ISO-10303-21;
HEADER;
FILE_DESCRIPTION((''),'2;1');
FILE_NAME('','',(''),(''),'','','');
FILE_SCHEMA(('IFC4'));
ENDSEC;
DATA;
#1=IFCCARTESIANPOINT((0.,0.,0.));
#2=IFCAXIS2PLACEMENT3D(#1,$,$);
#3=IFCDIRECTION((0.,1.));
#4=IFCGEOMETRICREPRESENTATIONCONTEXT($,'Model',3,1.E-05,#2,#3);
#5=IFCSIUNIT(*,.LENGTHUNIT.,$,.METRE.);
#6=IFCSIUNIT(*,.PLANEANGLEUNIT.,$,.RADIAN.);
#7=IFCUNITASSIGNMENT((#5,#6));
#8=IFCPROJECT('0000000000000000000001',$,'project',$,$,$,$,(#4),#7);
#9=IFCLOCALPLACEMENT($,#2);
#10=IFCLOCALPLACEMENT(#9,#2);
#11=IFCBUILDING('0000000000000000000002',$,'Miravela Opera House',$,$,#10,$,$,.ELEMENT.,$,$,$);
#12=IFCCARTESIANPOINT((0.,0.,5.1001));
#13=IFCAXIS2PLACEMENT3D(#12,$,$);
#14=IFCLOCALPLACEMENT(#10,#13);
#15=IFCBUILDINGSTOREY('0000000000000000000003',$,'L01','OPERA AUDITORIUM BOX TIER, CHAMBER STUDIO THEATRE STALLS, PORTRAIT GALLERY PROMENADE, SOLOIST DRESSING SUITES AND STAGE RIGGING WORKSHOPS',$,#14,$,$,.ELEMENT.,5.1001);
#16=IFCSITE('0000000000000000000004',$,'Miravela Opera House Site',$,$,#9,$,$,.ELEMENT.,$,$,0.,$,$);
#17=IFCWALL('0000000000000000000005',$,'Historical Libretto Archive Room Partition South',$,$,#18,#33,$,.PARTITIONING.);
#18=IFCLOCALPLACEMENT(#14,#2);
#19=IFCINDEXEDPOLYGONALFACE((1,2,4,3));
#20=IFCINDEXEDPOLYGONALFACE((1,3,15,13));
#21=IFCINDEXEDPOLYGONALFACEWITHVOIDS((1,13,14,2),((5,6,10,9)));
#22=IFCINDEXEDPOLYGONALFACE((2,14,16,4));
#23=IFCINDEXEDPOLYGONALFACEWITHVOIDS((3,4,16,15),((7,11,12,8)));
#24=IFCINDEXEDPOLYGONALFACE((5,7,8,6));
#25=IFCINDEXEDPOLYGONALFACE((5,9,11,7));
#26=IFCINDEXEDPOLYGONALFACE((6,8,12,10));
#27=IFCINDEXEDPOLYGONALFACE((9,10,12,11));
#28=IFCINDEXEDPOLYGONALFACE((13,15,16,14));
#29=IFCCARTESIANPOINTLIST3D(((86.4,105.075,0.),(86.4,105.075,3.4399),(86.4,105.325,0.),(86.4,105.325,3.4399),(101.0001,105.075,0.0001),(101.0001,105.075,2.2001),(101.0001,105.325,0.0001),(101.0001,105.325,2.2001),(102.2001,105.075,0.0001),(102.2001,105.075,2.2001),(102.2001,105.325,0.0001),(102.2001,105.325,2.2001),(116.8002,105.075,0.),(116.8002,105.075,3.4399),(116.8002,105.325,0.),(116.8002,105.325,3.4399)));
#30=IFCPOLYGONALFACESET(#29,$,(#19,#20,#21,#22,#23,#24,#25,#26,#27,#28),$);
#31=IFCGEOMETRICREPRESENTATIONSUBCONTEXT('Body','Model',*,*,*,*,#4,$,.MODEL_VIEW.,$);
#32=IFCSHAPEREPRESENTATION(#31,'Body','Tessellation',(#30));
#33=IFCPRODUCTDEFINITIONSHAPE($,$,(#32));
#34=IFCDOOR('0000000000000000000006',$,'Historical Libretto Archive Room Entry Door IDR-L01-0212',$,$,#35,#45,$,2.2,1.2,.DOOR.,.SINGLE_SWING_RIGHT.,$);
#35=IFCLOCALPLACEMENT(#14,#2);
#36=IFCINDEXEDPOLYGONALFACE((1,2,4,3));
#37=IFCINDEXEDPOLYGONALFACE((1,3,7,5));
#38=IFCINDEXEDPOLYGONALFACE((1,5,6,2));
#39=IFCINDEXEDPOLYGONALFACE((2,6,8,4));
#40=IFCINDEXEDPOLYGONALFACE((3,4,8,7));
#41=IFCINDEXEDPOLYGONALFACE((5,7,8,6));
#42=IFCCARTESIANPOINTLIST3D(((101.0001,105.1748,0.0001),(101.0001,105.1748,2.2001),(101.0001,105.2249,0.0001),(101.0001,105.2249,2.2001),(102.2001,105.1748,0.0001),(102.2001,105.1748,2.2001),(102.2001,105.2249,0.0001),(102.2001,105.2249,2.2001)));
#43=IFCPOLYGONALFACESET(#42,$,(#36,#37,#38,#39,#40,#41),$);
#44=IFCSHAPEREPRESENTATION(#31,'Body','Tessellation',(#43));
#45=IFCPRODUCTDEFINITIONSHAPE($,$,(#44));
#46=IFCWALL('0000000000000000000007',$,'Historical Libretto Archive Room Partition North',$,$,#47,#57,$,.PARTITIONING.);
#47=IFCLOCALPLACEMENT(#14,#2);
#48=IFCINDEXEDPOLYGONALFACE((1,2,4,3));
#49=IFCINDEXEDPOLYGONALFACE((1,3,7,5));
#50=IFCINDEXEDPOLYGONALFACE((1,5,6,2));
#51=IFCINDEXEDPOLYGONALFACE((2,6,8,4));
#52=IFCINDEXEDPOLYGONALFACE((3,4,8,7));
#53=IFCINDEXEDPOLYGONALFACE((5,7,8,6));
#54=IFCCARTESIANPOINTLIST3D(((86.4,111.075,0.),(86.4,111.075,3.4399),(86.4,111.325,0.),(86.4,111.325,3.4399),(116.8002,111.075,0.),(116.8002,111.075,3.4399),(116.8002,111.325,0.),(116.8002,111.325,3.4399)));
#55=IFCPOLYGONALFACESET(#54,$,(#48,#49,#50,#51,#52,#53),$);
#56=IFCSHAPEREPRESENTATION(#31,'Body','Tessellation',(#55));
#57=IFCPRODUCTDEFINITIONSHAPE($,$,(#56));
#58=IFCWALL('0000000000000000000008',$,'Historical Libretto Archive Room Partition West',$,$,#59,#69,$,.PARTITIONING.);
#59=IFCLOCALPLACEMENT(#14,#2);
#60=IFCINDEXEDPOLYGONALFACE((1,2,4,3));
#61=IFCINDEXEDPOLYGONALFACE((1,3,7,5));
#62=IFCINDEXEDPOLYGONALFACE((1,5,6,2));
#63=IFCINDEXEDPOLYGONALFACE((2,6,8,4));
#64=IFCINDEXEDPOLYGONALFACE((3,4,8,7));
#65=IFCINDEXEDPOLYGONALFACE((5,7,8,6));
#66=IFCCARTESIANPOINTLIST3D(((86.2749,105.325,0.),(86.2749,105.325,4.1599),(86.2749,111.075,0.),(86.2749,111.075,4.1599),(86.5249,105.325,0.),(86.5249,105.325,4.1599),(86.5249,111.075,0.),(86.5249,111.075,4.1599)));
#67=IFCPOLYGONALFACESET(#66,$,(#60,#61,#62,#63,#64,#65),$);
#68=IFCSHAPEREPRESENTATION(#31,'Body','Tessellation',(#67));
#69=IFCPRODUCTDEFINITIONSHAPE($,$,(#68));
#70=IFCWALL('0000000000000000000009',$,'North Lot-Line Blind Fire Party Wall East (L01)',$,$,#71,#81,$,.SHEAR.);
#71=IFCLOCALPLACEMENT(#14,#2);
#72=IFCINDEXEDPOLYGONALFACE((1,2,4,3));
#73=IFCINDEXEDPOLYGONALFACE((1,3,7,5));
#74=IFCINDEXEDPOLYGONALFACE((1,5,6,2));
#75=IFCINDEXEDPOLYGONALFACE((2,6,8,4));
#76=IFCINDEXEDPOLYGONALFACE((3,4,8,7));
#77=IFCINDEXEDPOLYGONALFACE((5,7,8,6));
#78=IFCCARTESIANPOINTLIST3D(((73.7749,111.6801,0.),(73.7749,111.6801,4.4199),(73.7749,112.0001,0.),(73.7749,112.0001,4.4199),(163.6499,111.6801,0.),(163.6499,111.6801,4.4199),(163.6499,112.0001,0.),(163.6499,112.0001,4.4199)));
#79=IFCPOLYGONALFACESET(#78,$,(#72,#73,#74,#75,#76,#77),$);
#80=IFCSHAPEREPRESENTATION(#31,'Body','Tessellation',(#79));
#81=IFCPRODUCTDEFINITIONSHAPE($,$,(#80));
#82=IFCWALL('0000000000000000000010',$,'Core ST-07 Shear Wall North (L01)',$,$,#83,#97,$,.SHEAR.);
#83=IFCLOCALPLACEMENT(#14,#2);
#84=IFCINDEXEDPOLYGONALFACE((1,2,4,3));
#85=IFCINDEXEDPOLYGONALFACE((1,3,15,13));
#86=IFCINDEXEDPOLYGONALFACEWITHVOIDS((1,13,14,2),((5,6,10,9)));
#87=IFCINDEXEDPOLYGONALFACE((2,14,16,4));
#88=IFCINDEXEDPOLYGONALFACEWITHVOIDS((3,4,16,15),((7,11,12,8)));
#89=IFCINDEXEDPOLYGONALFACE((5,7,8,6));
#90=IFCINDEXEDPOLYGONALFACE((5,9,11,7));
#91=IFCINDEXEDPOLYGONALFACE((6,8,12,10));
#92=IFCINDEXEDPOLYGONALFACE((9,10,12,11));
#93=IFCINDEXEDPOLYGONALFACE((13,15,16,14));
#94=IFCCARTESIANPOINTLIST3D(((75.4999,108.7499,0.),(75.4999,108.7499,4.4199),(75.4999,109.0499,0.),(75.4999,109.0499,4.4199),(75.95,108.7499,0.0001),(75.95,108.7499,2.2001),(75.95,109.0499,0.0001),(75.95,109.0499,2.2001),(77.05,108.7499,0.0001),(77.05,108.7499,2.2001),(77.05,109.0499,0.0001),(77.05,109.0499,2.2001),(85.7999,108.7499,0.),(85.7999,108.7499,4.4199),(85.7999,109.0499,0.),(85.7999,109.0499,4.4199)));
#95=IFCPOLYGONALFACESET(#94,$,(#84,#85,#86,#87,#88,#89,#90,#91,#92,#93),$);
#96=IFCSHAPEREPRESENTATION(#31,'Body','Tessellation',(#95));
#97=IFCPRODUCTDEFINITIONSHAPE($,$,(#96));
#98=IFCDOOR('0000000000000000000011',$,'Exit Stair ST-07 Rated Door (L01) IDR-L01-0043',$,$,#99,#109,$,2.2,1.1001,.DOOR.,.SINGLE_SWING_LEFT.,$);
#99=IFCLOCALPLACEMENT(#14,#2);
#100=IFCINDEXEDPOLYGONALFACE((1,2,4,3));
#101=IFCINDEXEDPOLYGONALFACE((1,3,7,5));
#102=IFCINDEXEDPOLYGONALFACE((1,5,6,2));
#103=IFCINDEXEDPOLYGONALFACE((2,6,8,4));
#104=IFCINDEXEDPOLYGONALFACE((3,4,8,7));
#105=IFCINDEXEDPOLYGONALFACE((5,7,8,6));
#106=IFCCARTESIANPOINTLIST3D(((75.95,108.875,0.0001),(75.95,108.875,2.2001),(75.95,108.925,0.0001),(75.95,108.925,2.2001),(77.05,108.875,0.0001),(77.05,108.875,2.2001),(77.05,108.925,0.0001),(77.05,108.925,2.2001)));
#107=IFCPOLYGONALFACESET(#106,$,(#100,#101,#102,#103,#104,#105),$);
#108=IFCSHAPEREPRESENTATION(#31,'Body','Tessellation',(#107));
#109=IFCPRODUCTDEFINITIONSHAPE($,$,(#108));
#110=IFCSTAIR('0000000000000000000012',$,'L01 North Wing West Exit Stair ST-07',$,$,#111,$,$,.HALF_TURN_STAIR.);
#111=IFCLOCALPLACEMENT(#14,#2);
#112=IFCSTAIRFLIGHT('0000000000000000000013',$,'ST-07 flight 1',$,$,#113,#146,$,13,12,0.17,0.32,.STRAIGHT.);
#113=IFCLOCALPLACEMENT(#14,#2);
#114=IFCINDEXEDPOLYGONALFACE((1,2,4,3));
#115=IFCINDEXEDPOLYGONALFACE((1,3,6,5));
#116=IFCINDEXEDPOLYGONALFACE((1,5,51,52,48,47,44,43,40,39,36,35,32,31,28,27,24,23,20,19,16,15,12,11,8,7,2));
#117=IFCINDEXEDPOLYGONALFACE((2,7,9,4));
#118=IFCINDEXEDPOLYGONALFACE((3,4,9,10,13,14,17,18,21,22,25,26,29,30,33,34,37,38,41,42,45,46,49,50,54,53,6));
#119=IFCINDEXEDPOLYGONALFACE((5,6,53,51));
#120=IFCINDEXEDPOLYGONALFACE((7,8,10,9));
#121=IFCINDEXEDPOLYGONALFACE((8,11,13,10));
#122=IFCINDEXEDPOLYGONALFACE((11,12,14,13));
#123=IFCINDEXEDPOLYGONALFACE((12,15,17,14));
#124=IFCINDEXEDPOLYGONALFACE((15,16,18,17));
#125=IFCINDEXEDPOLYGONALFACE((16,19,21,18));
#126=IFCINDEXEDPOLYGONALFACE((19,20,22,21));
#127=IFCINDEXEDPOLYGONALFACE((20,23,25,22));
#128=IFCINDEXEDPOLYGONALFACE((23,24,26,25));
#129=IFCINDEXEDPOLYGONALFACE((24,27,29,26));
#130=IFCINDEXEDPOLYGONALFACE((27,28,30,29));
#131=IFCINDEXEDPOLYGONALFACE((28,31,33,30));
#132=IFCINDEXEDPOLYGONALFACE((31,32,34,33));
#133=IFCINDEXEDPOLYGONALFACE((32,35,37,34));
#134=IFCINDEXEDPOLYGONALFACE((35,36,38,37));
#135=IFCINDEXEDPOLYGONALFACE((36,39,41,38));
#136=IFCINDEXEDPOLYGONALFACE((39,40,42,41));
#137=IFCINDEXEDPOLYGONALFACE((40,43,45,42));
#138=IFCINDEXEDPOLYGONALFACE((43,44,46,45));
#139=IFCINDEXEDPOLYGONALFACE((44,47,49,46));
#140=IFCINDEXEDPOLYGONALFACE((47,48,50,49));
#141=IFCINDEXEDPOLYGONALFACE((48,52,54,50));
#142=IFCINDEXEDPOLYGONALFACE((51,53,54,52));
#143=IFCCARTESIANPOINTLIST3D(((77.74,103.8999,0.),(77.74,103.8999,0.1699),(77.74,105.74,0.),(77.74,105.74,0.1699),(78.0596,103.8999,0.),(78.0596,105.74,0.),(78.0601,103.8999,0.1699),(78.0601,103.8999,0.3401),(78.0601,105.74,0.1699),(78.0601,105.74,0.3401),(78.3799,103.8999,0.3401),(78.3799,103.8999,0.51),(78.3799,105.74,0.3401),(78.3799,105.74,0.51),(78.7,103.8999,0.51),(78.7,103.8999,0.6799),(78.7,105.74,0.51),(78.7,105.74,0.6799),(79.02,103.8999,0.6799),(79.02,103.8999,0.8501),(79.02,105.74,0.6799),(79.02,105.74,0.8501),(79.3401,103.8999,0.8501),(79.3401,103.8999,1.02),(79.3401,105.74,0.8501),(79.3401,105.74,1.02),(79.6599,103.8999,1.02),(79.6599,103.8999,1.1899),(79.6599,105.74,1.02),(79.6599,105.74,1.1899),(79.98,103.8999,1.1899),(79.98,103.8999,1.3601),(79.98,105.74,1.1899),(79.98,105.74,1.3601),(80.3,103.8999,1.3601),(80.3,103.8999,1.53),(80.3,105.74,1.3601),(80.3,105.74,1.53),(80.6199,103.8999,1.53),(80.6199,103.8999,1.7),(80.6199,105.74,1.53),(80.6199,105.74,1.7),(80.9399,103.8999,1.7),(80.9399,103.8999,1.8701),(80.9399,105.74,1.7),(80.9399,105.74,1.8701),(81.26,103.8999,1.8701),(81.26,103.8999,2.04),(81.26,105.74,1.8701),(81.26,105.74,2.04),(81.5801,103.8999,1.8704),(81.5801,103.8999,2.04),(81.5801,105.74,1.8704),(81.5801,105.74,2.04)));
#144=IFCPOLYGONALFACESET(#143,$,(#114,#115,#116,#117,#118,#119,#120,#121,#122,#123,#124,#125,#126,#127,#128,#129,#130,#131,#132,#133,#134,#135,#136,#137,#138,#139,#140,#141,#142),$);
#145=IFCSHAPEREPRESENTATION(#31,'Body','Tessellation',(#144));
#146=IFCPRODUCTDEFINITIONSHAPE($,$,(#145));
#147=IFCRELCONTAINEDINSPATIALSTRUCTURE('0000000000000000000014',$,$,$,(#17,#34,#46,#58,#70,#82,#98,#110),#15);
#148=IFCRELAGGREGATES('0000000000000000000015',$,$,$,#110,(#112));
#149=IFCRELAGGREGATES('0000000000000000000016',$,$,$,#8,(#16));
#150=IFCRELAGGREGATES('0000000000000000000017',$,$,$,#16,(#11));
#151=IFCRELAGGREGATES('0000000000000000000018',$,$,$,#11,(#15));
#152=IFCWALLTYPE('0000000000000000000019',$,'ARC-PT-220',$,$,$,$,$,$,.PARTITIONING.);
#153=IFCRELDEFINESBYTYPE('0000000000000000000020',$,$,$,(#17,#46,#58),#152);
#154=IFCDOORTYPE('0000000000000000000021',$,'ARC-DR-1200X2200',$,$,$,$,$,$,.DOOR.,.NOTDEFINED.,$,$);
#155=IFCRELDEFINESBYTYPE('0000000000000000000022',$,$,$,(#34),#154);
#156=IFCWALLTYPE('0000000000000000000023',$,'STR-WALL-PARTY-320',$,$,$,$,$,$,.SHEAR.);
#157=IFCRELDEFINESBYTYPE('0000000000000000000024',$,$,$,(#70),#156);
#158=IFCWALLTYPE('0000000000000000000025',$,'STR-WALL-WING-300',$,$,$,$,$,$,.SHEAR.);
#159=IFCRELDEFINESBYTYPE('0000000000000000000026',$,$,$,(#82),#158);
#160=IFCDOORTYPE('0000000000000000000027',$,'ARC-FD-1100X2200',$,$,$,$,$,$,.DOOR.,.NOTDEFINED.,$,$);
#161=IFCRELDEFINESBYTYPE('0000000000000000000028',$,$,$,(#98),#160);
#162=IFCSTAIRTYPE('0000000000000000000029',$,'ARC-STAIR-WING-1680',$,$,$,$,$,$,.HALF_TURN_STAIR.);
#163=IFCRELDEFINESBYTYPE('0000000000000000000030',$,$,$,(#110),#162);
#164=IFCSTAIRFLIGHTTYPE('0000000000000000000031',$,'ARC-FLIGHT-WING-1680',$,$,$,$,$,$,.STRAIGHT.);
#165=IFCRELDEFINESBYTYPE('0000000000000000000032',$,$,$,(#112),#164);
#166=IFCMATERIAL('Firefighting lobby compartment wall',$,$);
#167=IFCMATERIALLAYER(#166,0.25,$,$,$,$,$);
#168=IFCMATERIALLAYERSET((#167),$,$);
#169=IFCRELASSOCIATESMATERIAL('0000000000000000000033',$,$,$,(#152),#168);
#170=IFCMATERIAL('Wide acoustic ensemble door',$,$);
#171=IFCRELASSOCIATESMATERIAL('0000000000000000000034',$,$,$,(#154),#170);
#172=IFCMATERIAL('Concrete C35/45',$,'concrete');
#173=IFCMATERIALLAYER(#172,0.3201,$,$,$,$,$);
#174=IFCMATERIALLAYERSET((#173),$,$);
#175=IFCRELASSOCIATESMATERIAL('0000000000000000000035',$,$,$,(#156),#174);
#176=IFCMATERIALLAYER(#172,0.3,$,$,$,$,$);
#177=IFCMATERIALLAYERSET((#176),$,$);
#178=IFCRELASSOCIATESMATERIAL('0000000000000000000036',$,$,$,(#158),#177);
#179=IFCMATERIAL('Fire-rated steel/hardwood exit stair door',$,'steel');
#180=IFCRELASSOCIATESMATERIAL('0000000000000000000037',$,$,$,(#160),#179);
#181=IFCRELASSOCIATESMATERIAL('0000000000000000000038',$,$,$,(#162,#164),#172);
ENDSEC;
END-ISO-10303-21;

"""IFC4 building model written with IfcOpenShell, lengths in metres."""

from ifc_helpers import new_model, si_unit, direction, frame, frame_2d, origin, place, context, subcontext, project, spatial, polyline, rectangle, outline, extrude, material, layer, layer_set, type_object, element, fill, aggregate, save


model = new_model("IFC4")

# Units and contexts
model_context = context("Model", 3, precision=1e-05, world=origin(), true_north=direction((0.0, 1.0)))
body_context = subcontext(model_context, "Body", "Model", "MODEL_VIEW")
ifc_project = project(units=[si_unit("LENGTHUNIT", "METRE"), si_unit("PLANEANGLEUNIT", "RADIAN")], contexts=[model_context])

# Site, building, storey
site_placement = place(None, origin())
site = spatial("IfcSite", under=ifc_project, at=site_placement, Name="Miravela Opera House Site", CompositionType="ELEMENT", RefElevation=0.0)
building_placement = place(site_placement, origin())
building = spatial("IfcBuilding", under=site, at=building_placement, Name="Miravela Opera House", CompositionType="ELEMENT")
storey_placement = place(building_placement, frame((0.0, 0.0, 5.1001)))
storey = spatial("IfcBuildingStorey", under=building, at=storey_placement, Name="L01", Description="OPERA AUDITORIUM BOX TIER, CHAMBER STUDIO THEATRE STALLS, PORTRAIT GALLERY PROMENADE, SOLOIST DRESSING SUITES AND STAGE RIGGING WORKSHOPS", CompositionType="ELEMENT", Elevation=5.1001)

# Shared definitions
ifc_material_1 = material(Name="Concrete C35/45", Category="concrete")

# Wall, opening, door
ifc_material_2 = material(Name="Firefighting lobby compartment wall")
ifc_layer_1 = layer(ifc_material_2, 0.25)
ifc_layer_set_1 = layer_set([ifc_layer_1])
wall_type_1 = type_object("IfcWallType", Name="ARC-PT-220", PredefinedType="PARTITIONING", material=ifc_layer_set_1)
wall_1_placement = place(storey_placement, frame((86.3999, 105.2, 0.0), z_axis=(0.0, 0.0, 1.0), x_axis=(1.0, 0.0, 0.0)))
wall_1 = element("IfcWall", 1, at=wall_1_placement, inside=storey, type_object=wall_type_1, Name="Historical Libretto Archive Room Partition South", PredefinedType="PARTITIONING", context=body_context, shape_type="SweptSolid", body=[
    extrude(rectangle(XDim=30.4001, YDim=0.25, at=frame_2d((15.2002, 0.0))), origin(), (0.0, 0.0, 1.0), 3.4399),
])
opening_1_placement = place(wall_1_placement, frame((14.6001, 0.0, 0.0)))
opening_1 = element("IfcOpeningElement", 2, at=opening_1_placement, cuts=wall_1, PredefinedType="OPENING", context=body_context, shape_type="SweptSolid", body=[
    extrude(rectangle(XDim=1.2, YDim=2.2, at=frame_2d((0.6001, 1.1001))), frame((0.0, 0.135, 0.0), z_axis=(0.0, -1.0, 0.0), x_axis=(1.0, 0.0, 0.0)), (0.0, 0.0, 1.0), 0.27),
])
ifc_material_3 = material(Name="Wide acoustic ensemble door")
door_type_1 = type_object("IfcDoorType", Name="ARC-DR-1200X2200", OperationType="NOTDEFINED", PredefinedType="DOOR", material=ifc_material_3)
door_1_placement = place(opening_1_placement, origin())
door_1 = element("IfcDoor", 3, at=door_1_placement, inside=storey, type_object=door_type_1, Name="Historical Libretto Archive Room Entry Door IDR-L01-0212", OperationType="SINGLE_SWING_RIGHT", OverallHeight=2.2, OverallWidth=1.2, PredefinedType="DOOR", context=body_context, shape_type="SweptSolid", body=[
    extrude(rectangle(XDim=1.2, YDim=2.2, at=frame_2d((0.6001, 1.1001))), frame((0.0, 0.0249, 0.0), z_axis=(0.0, -1.0, 0.0), x_axis=(1.0, 0.0, 0.0)), (0.0, 0.0, 1.0), 0.05),
])
fill(opening_1, door_1)

# Walls
wall_2_placement = place(storey_placement, frame((86.3999, 111.2, 0.0), z_axis=(0.0, 0.0, 1.0), x_axis=(1.0, 0.0, 0.0)))
element("IfcWall", 4, at=wall_2_placement, inside=storey, type_object=wall_type_1, Name="Historical Libretto Archive Room Partition North", PredefinedType="PARTITIONING", context=body_context, shape_type="SweptSolid", body=[
    extrude(rectangle(XDim=30.4001, YDim=0.25, at=frame_2d((15.2002, 0.0))), origin(), (0.0, 0.0, 1.0), 3.4399),
])
wall_3_placement = place(storey_placement, frame((86.3999, 105.325, 0.0), z_axis=(0.0, 0.0, 1.0), x_axis=(0.0, 1.0, 0.0)))
element("IfcWall", 5, at=wall_3_placement, inside=storey, type_object=wall_type_1, Name="Historical Libretto Archive Room Partition West", PredefinedType="PARTITIONING", context=body_context, shape_type="SweptSolid", body=[
    extrude(rectangle(XDim=5.75, YDim=0.25, at=frame_2d((2.875, 0.0))), origin(), (0.0, 0.0, 1.0), 4.1599),
])
ifc_layer_2 = layer(ifc_material_1, 0.3201)
ifc_layer_set_2 = layer_set([ifc_layer_2])
wall_type_2 = type_object("IfcWallType", Name="STR-WALL-PARTY-320", PredefinedType="SHEAR", material=ifc_layer_set_2)
wall_4_placement = place(storey_placement, frame((73.7749, 111.8401, 0.0), z_axis=(0.0, 0.0, 1.0), x_axis=(1.0, 0.0, 0.0)))
element("IfcWall", 6, at=wall_4_placement, inside=storey, type_object=wall_type_2, Name="North Lot-Line Blind Fire Party Wall East (L01)", PredefinedType="SHEAR", context=body_context, shape_type="SweptSolid", body=[
    extrude(rectangle(XDim=89.875, YDim=0.3201, at=frame_2d((44.9375, 0.0))), origin(), (0.0, 0.0, 1.0), 4.4199),
])

# Wall, opening, door
ifc_layer_3 = layer(ifc_material_1, 0.3)
ifc_layer_set_3 = layer_set([ifc_layer_3])
wall_type_3 = type_object("IfcWallType", Name="STR-WALL-WING-300", PredefinedType="SHEAR", material=ifc_layer_set_3)
wall_5_placement = place(storey_placement, frame((75.5, 108.8999, 0.0), z_axis=(0.0, 0.0, 1.0), x_axis=(1.0, 0.0, 0.0)))
wall_5 = element("IfcWall", 7, at=wall_5_placement, inside=storey, type_object=wall_type_3, Name="Core ST-07 Shear Wall North (L01)", PredefinedType="SHEAR", context=body_context, shape_type="SweptSolid", body=[
    extrude(rectangle(XDim=10.3, YDim=0.3, at=frame_2d((5.1499, 0.0))), origin(), (0.0, 0.0, 1.0), 4.4199),
])
opening_2_placement = place(wall_5_placement, frame((0.45, 0.0, 0.0)))
opening_2 = element("IfcOpeningElement", 8, at=opening_2_placement, cuts=wall_5, PredefinedType="OPENING", context=body_context, shape_type="SweptSolid", body=[
    extrude(rectangle(XDim=1.1001, YDim=2.2, at=frame_2d((0.55, 1.1001))), frame((0.0, 0.1599, 0.0), z_axis=(0.0, -1.0, 0.0), x_axis=(1.0, 0.0, 0.0)), (0.0, 0.0, 1.0), 0.3201),
])
ifc_material_4 = material(Name="Fire-rated steel/hardwood exit stair door", Category="steel")
door_type_2 = type_object("IfcDoorType", Name="ARC-FD-1100X2200", OperationType="NOTDEFINED", PredefinedType="DOOR", material=ifc_material_4)
door_2_placement = place(opening_2_placement, frame((1.1001, 0.0, 0.0), z_axis=(0.0, 0.0, 1.0), x_axis=(-1.0, 0.0, 0.0)))
door_2 = element("IfcDoor", 9, at=door_2_placement, inside=storey, type_object=door_type_2, Name="Exit Stair ST-07 Rated Door (L01) IDR-L01-0043", OperationType="SINGLE_SWING_LEFT", OverallHeight=2.2, OverallWidth=1.1001, PredefinedType="DOOR", context=body_context, shape_type="SweptSolid", body=[
    extrude(rectangle(XDim=1.1001, YDim=2.2, at=frame_2d((0.55, 1.1001))), frame((0.0, 0.0249, 0.0), z_axis=(0.0, -1.0, 0.0), x_axis=(1.0, 0.0, 0.0)), (0.0, 0.0, 1.0), 0.05),
])
fill(opening_2, door_2)

# Stair, stair flight
stair_type = type_object("IfcStairType", Name="ARC-STAIR-WING-1680", PredefinedType="HALF_TURN_STAIR", material=ifc_material_1)
stair_placement = place(storey_placement, origin())
stair = element("IfcStair", 10, at=stair_placement, inside=storey, type_object=stair_type, Name="L01 North Wing West Exit Stair ST-07", PredefinedType="HALF_TURN_STAIR")
stair_flight_type = type_object("IfcStairFlightType", Name="ARC-FLIGHT-WING-1680", PredefinedType="STRAIGHT", material=ifc_material_1)
stair_flight_1_placement = place(storey_placement, frame((77.74, 104.8201, 0.0), z_axis=(0.0, 0.0, 1.0), x_axis=(1.0, 0.0, 0.0)))
stair_flight_1 = element("IfcStairFlight", 11, at=stair_flight_1_placement, type_object=stair_flight_type, Name="ST-07 flight 1", NumberOfRisers=13, NumberOfTreads=12, PredefinedType="STRAIGHT", RiserHeight=0.17, TreadLength=0.32, context=body_context, shape_type="SweptSolid", body=[
    extrude(outline(polyline([(0.0, 0.0), (0.0, 0.1699), (0.3201, 0.1699), (0.3201, 0.3401), (0.6399, 0.3401), (0.6399, 0.51), (0.96, 0.51), (0.96, 0.6799), (1.28, 0.6799), (1.28, 0.8501), (1.6001, 0.8501), (1.6001, 1.02), (1.9199, 1.02), (1.9199, 1.1899), (2.24, 1.1899), (2.24, 1.3601), (2.5601, 1.3601), (2.5601, 1.53), (2.8799, 1.53), (2.8799, 1.7), (3.2, 1.7), (3.2, 1.8701), (3.52, 1.8701), (3.52, 2.04), (3.8401, 2.04), (3.8401, 2.21), (3.8401, 1.8704), (0.3196, 0.0), (0.0, 0.0)])), frame((0.0, 0.9199, 0.0), z_axis=(0.0, -1.0, 0.0), x_axis=(1.0, 0.0, 0.0)), (0.0, 0.0, 1.0), 1.8401),
])
aggregate(stair, [stair_flight_1])

save(model, "model.ifc")
